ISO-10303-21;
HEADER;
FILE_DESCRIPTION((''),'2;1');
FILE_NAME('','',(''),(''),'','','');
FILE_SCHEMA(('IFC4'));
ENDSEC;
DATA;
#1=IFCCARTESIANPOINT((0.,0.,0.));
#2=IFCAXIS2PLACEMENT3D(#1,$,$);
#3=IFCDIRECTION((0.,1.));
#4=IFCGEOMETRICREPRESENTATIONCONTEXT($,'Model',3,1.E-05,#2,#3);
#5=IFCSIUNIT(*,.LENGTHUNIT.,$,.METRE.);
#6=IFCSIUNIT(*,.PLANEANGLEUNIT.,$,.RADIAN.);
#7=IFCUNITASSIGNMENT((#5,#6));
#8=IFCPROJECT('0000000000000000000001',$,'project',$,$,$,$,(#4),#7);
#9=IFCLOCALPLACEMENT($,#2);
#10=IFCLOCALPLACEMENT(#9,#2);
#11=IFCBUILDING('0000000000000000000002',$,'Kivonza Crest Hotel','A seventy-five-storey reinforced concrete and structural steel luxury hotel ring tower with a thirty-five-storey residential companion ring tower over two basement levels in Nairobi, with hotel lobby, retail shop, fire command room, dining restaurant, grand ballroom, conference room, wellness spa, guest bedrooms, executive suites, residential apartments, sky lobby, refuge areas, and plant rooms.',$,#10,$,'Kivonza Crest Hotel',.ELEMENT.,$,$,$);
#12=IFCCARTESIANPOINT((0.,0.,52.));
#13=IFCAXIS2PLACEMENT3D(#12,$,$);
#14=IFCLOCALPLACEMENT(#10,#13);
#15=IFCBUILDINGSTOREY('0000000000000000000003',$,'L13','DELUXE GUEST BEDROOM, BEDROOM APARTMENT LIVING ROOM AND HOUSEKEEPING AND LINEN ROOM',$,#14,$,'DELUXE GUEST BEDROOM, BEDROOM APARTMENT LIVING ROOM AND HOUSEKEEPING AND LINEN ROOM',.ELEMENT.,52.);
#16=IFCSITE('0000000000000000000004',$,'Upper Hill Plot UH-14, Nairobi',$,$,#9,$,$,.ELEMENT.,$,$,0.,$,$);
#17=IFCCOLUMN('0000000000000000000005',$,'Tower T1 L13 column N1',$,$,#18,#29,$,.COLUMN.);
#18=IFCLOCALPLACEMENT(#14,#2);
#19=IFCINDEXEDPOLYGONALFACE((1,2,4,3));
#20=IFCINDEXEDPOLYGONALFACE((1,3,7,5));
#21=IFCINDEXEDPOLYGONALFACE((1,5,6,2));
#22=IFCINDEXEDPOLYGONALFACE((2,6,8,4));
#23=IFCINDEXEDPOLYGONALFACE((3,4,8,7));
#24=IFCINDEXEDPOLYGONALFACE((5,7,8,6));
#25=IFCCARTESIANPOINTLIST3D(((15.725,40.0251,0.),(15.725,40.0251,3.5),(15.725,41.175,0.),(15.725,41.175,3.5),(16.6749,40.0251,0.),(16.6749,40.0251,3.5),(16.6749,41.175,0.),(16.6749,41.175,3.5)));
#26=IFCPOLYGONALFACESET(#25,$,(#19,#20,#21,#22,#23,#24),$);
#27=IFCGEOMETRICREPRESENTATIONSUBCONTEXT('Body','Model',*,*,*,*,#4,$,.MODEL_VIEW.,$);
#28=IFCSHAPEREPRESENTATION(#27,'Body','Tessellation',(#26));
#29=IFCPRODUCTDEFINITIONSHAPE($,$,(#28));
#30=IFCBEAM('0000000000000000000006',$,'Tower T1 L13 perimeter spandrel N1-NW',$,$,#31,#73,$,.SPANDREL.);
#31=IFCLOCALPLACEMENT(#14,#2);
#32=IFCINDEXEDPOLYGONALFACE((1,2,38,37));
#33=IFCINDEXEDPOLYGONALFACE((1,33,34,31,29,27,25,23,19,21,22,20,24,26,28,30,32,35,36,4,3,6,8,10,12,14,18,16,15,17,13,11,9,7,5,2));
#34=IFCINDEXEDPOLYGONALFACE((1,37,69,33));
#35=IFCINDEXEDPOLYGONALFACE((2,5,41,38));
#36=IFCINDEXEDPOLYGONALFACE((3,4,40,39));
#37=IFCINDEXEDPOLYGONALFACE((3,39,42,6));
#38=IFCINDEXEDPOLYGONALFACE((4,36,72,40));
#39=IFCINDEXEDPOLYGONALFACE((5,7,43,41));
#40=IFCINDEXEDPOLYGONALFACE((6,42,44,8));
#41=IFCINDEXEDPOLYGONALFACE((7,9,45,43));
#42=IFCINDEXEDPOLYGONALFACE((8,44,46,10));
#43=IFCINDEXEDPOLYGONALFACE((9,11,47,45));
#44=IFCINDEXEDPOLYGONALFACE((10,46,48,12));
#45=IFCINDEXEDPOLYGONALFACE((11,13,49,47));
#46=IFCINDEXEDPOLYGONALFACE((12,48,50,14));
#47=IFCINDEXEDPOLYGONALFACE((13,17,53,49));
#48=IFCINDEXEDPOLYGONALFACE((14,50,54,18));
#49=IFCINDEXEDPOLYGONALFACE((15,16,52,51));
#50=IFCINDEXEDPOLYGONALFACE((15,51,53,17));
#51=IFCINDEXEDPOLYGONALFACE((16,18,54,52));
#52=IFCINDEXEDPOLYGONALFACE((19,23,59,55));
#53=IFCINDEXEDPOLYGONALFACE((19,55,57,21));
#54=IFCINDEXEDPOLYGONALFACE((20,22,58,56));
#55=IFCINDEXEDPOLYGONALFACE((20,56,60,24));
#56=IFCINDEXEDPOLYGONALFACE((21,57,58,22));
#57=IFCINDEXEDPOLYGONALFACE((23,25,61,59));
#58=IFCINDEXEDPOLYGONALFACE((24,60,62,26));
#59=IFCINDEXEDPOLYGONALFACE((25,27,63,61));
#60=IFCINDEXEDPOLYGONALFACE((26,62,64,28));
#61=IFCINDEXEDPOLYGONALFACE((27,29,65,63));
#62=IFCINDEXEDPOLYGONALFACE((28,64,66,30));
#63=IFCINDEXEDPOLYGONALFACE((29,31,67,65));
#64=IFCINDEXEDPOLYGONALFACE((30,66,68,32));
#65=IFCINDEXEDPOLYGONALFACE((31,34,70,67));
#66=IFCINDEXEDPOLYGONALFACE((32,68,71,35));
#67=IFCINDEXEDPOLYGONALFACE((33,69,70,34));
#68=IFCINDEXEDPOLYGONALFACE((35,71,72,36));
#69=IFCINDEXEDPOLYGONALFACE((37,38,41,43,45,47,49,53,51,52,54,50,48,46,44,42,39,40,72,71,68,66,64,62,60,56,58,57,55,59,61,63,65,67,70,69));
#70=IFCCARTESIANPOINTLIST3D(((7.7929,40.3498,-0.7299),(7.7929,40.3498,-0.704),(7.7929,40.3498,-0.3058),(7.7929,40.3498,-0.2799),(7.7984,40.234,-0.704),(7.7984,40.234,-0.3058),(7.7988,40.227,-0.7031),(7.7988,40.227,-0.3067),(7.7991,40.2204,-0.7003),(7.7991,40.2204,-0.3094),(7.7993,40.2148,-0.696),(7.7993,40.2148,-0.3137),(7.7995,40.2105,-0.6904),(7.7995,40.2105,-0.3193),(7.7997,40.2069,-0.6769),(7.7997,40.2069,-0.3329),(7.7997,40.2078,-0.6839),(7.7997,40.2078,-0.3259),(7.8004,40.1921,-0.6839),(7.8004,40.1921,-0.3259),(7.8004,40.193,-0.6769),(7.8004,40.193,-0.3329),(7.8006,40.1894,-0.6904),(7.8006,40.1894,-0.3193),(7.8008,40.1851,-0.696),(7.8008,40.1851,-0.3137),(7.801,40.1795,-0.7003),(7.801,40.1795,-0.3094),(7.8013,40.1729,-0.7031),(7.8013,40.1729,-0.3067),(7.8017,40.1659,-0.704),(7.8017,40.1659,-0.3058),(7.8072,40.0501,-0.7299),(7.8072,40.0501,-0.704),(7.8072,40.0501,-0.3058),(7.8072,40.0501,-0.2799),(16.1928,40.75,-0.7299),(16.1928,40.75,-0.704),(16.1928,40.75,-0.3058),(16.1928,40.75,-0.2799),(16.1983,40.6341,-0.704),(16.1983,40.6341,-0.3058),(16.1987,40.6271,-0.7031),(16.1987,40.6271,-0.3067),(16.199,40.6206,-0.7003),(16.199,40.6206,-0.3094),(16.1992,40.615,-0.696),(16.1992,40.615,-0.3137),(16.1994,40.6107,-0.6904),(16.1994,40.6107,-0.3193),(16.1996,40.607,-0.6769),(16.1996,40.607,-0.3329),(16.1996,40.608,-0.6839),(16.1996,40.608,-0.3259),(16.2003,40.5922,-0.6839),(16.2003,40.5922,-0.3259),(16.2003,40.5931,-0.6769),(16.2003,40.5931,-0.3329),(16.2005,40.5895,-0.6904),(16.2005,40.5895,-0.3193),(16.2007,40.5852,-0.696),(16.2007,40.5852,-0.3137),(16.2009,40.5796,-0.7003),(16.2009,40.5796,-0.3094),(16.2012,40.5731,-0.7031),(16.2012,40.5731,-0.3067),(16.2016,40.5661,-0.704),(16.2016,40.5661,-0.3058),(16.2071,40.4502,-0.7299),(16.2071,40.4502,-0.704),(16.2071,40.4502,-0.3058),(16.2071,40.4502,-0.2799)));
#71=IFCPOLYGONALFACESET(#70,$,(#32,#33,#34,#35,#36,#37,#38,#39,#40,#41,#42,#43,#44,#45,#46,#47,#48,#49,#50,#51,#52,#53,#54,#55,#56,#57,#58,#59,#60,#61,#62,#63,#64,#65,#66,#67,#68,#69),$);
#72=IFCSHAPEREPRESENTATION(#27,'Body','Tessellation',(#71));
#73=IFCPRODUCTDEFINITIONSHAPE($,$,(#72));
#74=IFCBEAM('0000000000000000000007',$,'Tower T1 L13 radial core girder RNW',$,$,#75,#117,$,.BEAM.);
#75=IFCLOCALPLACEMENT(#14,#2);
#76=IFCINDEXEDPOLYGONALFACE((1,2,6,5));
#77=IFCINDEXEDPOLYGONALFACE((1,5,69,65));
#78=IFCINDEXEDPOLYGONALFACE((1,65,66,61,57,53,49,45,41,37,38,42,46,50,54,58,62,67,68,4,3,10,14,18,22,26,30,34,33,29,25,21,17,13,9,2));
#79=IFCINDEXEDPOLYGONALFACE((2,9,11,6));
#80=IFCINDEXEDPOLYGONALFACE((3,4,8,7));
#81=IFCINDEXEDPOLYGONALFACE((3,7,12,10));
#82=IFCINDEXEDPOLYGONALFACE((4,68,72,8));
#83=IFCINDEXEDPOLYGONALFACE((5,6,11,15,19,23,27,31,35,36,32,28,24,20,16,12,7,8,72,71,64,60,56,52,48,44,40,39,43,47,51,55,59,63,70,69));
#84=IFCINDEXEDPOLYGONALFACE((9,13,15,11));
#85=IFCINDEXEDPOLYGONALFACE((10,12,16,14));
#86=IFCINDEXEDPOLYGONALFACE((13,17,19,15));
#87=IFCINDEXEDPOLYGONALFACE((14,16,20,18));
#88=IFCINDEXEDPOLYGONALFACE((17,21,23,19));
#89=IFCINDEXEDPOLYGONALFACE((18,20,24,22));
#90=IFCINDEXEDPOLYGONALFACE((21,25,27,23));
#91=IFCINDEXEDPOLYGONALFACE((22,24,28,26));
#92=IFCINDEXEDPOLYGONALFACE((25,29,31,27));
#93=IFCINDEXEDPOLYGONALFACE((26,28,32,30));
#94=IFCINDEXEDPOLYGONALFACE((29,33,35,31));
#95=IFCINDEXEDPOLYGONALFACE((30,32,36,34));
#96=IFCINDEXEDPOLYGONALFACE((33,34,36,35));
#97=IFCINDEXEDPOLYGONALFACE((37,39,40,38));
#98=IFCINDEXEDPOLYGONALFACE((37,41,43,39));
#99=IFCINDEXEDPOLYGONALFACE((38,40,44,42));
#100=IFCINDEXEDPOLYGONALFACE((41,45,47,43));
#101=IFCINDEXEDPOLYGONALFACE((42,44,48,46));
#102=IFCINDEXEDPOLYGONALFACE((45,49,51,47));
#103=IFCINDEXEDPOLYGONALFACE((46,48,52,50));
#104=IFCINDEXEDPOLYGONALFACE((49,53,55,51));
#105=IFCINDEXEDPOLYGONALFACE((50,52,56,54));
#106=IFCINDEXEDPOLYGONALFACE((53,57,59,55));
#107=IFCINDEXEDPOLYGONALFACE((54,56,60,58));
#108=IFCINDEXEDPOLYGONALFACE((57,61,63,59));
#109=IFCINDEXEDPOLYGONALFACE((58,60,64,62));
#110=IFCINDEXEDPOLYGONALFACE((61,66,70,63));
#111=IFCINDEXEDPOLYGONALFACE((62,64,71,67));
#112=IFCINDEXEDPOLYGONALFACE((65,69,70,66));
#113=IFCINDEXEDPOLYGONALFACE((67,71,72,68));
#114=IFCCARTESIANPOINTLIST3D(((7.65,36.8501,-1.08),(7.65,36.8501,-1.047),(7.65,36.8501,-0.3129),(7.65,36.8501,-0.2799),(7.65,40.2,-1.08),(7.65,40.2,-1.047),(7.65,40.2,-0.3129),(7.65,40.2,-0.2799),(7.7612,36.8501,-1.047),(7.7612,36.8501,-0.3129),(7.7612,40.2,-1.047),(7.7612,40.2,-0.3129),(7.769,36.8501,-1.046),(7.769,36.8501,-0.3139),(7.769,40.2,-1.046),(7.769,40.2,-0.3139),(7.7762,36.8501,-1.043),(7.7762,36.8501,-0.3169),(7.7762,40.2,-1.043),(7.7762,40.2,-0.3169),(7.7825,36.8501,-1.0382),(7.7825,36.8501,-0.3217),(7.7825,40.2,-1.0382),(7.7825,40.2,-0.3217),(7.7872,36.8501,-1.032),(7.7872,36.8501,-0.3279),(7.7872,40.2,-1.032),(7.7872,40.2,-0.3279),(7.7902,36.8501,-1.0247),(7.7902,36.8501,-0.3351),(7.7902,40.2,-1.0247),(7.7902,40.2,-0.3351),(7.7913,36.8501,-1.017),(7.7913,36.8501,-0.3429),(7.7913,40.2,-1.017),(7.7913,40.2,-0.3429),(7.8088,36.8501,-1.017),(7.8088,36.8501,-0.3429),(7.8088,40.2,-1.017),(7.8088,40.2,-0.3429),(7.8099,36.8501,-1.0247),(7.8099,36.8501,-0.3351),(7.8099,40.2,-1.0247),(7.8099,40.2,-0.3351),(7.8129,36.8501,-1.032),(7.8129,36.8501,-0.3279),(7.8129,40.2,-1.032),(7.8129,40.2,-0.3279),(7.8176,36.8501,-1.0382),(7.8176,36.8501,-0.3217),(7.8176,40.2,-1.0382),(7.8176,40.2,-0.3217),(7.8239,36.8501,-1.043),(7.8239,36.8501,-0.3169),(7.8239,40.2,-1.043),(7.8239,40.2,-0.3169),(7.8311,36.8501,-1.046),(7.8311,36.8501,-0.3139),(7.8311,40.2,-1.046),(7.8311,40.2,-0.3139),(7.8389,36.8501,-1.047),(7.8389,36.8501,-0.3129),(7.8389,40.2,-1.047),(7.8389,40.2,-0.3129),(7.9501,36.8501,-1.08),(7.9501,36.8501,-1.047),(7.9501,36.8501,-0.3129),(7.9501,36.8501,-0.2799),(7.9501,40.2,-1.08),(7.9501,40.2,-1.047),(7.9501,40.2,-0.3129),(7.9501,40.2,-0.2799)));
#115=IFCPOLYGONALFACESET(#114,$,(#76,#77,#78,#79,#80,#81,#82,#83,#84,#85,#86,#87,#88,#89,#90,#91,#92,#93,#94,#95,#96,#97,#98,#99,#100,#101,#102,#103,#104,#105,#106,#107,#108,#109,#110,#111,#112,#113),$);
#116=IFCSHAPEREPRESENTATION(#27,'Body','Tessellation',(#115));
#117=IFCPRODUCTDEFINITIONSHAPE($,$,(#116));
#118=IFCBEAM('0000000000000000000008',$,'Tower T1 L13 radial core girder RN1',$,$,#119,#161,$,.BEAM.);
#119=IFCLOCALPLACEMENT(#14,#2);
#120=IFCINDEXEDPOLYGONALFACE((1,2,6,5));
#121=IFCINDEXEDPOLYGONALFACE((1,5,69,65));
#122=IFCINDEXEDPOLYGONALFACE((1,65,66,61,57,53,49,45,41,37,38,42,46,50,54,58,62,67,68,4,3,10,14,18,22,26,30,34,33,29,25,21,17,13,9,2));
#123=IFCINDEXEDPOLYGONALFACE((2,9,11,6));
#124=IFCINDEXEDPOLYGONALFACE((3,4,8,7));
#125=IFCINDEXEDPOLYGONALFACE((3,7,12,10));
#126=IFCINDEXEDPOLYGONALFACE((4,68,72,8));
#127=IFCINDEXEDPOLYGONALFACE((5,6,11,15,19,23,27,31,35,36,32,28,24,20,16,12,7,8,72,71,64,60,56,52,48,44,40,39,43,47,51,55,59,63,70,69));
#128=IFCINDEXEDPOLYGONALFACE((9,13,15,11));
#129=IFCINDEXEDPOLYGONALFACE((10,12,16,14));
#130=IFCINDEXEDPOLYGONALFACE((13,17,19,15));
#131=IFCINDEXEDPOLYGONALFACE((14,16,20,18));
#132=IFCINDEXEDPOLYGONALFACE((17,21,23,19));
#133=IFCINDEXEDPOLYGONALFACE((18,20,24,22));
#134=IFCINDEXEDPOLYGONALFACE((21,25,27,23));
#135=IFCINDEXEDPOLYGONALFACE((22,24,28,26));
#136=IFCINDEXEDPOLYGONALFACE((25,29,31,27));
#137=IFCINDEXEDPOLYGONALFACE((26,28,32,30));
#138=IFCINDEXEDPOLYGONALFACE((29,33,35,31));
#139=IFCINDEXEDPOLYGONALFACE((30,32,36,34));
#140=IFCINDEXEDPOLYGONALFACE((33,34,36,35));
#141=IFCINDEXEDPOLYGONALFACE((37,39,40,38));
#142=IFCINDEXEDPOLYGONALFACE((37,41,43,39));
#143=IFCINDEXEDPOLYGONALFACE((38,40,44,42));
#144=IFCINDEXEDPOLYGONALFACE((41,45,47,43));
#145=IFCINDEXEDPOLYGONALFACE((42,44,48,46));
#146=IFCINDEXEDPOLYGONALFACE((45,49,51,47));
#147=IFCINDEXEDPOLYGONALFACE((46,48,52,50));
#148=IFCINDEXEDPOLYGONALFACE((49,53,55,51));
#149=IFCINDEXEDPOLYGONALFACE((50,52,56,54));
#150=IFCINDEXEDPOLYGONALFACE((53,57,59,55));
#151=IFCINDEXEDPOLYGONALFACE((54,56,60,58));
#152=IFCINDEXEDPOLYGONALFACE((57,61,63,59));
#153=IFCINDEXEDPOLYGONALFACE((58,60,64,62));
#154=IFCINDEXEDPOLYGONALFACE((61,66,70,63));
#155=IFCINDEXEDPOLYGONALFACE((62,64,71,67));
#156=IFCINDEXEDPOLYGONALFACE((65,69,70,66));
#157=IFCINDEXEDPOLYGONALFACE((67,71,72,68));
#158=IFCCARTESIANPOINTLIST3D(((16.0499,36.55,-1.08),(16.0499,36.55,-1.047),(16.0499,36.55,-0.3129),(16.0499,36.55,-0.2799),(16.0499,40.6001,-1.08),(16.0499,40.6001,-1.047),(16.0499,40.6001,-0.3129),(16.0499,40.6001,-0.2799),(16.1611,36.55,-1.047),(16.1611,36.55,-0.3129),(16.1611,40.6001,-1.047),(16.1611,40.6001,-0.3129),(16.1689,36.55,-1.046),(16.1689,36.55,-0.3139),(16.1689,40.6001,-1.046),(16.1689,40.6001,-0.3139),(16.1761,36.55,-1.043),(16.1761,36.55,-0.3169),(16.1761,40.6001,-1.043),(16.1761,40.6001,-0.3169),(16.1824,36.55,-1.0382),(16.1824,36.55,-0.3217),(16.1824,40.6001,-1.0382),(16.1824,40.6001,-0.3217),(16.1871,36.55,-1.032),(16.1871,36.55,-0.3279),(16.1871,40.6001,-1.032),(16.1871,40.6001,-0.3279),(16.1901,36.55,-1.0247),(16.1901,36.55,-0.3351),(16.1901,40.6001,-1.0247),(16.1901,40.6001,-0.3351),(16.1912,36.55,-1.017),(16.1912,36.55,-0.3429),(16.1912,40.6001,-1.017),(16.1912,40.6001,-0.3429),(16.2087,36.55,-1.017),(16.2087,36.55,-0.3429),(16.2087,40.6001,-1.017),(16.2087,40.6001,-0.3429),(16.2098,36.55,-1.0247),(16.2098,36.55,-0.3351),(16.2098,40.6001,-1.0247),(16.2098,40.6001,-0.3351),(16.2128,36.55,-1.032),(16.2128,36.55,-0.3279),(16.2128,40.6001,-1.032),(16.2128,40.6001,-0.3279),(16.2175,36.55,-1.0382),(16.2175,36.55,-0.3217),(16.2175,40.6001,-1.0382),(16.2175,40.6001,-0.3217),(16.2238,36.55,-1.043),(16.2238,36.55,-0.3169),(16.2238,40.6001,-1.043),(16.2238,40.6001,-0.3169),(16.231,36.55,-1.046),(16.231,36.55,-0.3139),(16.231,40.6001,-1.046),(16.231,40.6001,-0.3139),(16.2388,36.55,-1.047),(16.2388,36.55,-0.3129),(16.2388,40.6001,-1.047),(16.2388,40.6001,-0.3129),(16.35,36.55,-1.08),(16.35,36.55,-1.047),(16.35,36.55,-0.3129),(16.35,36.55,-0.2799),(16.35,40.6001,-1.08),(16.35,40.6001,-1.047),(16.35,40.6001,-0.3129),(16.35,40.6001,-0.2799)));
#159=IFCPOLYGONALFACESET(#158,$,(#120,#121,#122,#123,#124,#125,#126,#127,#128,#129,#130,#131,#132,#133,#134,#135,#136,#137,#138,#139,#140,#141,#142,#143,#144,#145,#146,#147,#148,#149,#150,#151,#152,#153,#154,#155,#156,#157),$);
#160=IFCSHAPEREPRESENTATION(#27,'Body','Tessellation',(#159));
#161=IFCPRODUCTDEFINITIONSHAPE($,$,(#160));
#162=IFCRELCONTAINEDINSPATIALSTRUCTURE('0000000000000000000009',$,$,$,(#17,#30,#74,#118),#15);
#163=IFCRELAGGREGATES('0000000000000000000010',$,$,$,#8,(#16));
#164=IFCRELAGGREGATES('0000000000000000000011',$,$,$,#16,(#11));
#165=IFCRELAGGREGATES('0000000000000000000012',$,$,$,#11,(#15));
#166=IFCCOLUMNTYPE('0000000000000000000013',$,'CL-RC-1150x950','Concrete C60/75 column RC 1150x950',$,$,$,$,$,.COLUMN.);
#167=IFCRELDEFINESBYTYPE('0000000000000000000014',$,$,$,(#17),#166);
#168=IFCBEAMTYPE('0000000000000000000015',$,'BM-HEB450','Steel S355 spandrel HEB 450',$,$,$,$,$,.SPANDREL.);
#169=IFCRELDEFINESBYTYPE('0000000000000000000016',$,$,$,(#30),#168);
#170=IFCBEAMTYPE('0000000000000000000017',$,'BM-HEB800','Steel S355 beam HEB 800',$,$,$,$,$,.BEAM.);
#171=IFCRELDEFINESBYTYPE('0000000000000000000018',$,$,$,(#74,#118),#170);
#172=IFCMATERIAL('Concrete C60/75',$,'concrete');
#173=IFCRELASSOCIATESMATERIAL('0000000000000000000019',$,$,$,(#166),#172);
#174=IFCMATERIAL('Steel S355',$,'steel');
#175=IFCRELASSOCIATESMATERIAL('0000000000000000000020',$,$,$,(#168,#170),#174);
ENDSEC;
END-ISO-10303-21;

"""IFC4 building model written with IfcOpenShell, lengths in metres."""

from ifc_helpers import new_model, si_unit, direction, frame, origin, origin_2d, place, context, subcontext, project, spatial, rectangle, i_section, extrude, material, material_profile, profile_set, type_object, element, save


model = new_model("IFC4")

# Units and contexts
model_context = context("Model", 3, precision=1e-05, world=origin(), true_north=direction((0.0, 1.0)))
body_context = subcontext(model_context, "Body", "Model", "MODEL_VIEW")
ifc_project = project(units=[si_unit("LENGTHUNIT", "METRE"), si_unit("PLANEANGLEUNIT", "RADIAN")], contexts=[model_context])

# Site, building, storey
site_placement = place(None, origin())
site = spatial("IfcSite", under=ifc_project, at=site_placement, Name="Upper Hill Plot UH-14, Nairobi", CompositionType="ELEMENT", RefElevation=0.0)
building_placement = place(site_placement, origin())
building = spatial("IfcBuilding", under=site, at=building_placement, Name="Kivonza Crest Hotel", Description="A seventy-five-storey reinforced concrete and structural steel luxury hotel ring tower with a thirty-five-storey residential companion ring tower over two basement levels in Nairobi, with hotel lobby, retail shop, fire command room, dining restaurant, grand ballroom, conference room, wellness spa, guest bedrooms, executive suites, residential apartments, sky lobby, refuge areas, and plant rooms.", LongName="Kivonza Crest Hotel", CompositionType="ELEMENT")
storey_placement = place(building_placement, frame((0.0, 0.0, 52.0)))
storey = spatial("IfcBuildingStorey", under=building, at=storey_placement, Name="L13", Description="DELUXE GUEST BEDROOM, BEDROOM APARTMENT LIVING ROOM AND HOUSEKEEPING AND LINEN ROOM", LongName="DELUXE GUEST BEDROOM, BEDROOM APARTMENT LIVING ROOM AND HOUSEKEEPING AND LINEN ROOM", CompositionType="ELEMENT", Elevation=52.0)

# Column
ifc_material_1 = material(Name="Concrete C60/75", Category="concrete")
ifc_material_profile_1 = material_profile(ifc_material_1, rectangle(XDim=0.95, YDim=1.1499, at=origin_2d()), Name="RC 1150x950")
ifc_profile_set_1 = profile_set([ifc_material_profile_1], Name="Concrete C60/75")
column_type = type_object("IfcColumnType", Name="CL-RC-1150x950", Description="Concrete C60/75 column RC 1150x950", PredefinedType="COLUMN", material=ifc_profile_set_1)
column_placement = place(storey_placement, frame((16.2, 40.6001, 0.0), z_axis=(0.0, 0.0, 1.0), x_axis=(1.0, 0.0, 0.0)))
element("IfcColumn", 1, at=column_placement, inside=storey, type_object=column_type, Name="Tower T1 L13 column N1", PredefinedType="COLUMN", context=body_context, shape_type="SweptSolid", body=[
    extrude(rectangle(XDim=0.95, YDim=1.1499, at=origin_2d()), origin(), (0.0, 0.0, 1.0), 3.5),
])

# Beams
ifc_material_2 = material(Name="Steel S355", Category="steel")
ifc_material_profile_2 = material_profile(ifc_material_2, i_section(OverallWidth=0.3, OverallDepth=0.45, WebThickness=0.0139, FlangeThickness=0.0259, FilletRadius=0.0271, at=origin_2d()), Name="HEB 450")
ifc_profile_set_2 = profile_set([ifc_material_profile_2], Name="Steel S355")
beam_type_1 = type_object("IfcBeamType", Name="BM-HEB450", Description="Steel S355 spandrel HEB 450", PredefinedType="SPANDREL", material=ifc_profile_set_2)
beam_1_placement = place(storey_placement, frame((16.2, 40.6001, -0.5049), z_axis=(-0.998867, -0.047583, 0.0), x_axis=(0.047583, -0.998867, 0.0)))
element("IfcBeam", 2, at=beam_1_placement, inside=storey, type_object=beam_type_1, Name="Tower T1 L13 perimeter spandrel N1-NW", PredefinedType="SPANDREL", context=body_context, shape_type="SweptSolid", body=[
    extrude(i_section(OverallWidth=0.3, OverallDepth=0.45, WebThickness=0.0139, FlangeThickness=0.0259, FilletRadius=0.0271, at=origin_2d()), origin(), (0.0, 0.0, 1.0), 8.4094),
])
ifc_material_profile_3 = material_profile(ifc_material_2, i_section(OverallWidth=0.3, OverallDepth=0.8, WebThickness=0.0176, FlangeThickness=0.033, FilletRadius=0.03, at=origin_2d()), Name="HEB 800")
ifc_profile_set_3 = profile_set([ifc_material_profile_3], Name="Steel S355")
beam_type_2 = type_object("IfcBeamType", Name="BM-HEB800", Description="Steel S355 beam HEB 800", PredefinedType="BEAM", material=ifc_profile_set_3)
beam_2_placement = place(storey_placement, frame((7.8, 40.2, -0.6799), z_axis=(0.0, -1.0, 0.0), x_axis=(1.0, 0.0, 0.0)))
element("IfcBeam", 3, at=beam_2_placement, inside=storey, type_object=beam_type_2, Name="Tower T1 L13 radial core girder RNW", PredefinedType="BEAM", context=body_context, shape_type="SweptSolid", body=[
    extrude(i_section(OverallWidth=0.3, OverallDepth=0.8, WebThickness=0.0176, FlangeThickness=0.033, FilletRadius=0.03, at=origin_2d()), origin(), (0.0, 0.0, 1.0), 3.3499),
])
beam_3_placement = place(storey_placement, frame((16.2, 40.6001, -0.6799), z_axis=(0.0, -1.0, 0.0), x_axis=(1.0, 0.0, 0.0)))
element("IfcBeam", 4, at=beam_3_placement, inside=storey, type_object=beam_type_2, Name="Tower T1 L13 radial core girder RN1", PredefinedType="BEAM", context=body_context, shape_type="SweptSolid", body=[
    extrude(i_section(OverallWidth=0.3, OverallDepth=0.8, WebThickness=0.0176, FlangeThickness=0.033, FilletRadius=0.03, at=origin_2d()), origin(), (0.0, 0.0, 1.0), 4.05),
])

save(model, "model.ifc")
